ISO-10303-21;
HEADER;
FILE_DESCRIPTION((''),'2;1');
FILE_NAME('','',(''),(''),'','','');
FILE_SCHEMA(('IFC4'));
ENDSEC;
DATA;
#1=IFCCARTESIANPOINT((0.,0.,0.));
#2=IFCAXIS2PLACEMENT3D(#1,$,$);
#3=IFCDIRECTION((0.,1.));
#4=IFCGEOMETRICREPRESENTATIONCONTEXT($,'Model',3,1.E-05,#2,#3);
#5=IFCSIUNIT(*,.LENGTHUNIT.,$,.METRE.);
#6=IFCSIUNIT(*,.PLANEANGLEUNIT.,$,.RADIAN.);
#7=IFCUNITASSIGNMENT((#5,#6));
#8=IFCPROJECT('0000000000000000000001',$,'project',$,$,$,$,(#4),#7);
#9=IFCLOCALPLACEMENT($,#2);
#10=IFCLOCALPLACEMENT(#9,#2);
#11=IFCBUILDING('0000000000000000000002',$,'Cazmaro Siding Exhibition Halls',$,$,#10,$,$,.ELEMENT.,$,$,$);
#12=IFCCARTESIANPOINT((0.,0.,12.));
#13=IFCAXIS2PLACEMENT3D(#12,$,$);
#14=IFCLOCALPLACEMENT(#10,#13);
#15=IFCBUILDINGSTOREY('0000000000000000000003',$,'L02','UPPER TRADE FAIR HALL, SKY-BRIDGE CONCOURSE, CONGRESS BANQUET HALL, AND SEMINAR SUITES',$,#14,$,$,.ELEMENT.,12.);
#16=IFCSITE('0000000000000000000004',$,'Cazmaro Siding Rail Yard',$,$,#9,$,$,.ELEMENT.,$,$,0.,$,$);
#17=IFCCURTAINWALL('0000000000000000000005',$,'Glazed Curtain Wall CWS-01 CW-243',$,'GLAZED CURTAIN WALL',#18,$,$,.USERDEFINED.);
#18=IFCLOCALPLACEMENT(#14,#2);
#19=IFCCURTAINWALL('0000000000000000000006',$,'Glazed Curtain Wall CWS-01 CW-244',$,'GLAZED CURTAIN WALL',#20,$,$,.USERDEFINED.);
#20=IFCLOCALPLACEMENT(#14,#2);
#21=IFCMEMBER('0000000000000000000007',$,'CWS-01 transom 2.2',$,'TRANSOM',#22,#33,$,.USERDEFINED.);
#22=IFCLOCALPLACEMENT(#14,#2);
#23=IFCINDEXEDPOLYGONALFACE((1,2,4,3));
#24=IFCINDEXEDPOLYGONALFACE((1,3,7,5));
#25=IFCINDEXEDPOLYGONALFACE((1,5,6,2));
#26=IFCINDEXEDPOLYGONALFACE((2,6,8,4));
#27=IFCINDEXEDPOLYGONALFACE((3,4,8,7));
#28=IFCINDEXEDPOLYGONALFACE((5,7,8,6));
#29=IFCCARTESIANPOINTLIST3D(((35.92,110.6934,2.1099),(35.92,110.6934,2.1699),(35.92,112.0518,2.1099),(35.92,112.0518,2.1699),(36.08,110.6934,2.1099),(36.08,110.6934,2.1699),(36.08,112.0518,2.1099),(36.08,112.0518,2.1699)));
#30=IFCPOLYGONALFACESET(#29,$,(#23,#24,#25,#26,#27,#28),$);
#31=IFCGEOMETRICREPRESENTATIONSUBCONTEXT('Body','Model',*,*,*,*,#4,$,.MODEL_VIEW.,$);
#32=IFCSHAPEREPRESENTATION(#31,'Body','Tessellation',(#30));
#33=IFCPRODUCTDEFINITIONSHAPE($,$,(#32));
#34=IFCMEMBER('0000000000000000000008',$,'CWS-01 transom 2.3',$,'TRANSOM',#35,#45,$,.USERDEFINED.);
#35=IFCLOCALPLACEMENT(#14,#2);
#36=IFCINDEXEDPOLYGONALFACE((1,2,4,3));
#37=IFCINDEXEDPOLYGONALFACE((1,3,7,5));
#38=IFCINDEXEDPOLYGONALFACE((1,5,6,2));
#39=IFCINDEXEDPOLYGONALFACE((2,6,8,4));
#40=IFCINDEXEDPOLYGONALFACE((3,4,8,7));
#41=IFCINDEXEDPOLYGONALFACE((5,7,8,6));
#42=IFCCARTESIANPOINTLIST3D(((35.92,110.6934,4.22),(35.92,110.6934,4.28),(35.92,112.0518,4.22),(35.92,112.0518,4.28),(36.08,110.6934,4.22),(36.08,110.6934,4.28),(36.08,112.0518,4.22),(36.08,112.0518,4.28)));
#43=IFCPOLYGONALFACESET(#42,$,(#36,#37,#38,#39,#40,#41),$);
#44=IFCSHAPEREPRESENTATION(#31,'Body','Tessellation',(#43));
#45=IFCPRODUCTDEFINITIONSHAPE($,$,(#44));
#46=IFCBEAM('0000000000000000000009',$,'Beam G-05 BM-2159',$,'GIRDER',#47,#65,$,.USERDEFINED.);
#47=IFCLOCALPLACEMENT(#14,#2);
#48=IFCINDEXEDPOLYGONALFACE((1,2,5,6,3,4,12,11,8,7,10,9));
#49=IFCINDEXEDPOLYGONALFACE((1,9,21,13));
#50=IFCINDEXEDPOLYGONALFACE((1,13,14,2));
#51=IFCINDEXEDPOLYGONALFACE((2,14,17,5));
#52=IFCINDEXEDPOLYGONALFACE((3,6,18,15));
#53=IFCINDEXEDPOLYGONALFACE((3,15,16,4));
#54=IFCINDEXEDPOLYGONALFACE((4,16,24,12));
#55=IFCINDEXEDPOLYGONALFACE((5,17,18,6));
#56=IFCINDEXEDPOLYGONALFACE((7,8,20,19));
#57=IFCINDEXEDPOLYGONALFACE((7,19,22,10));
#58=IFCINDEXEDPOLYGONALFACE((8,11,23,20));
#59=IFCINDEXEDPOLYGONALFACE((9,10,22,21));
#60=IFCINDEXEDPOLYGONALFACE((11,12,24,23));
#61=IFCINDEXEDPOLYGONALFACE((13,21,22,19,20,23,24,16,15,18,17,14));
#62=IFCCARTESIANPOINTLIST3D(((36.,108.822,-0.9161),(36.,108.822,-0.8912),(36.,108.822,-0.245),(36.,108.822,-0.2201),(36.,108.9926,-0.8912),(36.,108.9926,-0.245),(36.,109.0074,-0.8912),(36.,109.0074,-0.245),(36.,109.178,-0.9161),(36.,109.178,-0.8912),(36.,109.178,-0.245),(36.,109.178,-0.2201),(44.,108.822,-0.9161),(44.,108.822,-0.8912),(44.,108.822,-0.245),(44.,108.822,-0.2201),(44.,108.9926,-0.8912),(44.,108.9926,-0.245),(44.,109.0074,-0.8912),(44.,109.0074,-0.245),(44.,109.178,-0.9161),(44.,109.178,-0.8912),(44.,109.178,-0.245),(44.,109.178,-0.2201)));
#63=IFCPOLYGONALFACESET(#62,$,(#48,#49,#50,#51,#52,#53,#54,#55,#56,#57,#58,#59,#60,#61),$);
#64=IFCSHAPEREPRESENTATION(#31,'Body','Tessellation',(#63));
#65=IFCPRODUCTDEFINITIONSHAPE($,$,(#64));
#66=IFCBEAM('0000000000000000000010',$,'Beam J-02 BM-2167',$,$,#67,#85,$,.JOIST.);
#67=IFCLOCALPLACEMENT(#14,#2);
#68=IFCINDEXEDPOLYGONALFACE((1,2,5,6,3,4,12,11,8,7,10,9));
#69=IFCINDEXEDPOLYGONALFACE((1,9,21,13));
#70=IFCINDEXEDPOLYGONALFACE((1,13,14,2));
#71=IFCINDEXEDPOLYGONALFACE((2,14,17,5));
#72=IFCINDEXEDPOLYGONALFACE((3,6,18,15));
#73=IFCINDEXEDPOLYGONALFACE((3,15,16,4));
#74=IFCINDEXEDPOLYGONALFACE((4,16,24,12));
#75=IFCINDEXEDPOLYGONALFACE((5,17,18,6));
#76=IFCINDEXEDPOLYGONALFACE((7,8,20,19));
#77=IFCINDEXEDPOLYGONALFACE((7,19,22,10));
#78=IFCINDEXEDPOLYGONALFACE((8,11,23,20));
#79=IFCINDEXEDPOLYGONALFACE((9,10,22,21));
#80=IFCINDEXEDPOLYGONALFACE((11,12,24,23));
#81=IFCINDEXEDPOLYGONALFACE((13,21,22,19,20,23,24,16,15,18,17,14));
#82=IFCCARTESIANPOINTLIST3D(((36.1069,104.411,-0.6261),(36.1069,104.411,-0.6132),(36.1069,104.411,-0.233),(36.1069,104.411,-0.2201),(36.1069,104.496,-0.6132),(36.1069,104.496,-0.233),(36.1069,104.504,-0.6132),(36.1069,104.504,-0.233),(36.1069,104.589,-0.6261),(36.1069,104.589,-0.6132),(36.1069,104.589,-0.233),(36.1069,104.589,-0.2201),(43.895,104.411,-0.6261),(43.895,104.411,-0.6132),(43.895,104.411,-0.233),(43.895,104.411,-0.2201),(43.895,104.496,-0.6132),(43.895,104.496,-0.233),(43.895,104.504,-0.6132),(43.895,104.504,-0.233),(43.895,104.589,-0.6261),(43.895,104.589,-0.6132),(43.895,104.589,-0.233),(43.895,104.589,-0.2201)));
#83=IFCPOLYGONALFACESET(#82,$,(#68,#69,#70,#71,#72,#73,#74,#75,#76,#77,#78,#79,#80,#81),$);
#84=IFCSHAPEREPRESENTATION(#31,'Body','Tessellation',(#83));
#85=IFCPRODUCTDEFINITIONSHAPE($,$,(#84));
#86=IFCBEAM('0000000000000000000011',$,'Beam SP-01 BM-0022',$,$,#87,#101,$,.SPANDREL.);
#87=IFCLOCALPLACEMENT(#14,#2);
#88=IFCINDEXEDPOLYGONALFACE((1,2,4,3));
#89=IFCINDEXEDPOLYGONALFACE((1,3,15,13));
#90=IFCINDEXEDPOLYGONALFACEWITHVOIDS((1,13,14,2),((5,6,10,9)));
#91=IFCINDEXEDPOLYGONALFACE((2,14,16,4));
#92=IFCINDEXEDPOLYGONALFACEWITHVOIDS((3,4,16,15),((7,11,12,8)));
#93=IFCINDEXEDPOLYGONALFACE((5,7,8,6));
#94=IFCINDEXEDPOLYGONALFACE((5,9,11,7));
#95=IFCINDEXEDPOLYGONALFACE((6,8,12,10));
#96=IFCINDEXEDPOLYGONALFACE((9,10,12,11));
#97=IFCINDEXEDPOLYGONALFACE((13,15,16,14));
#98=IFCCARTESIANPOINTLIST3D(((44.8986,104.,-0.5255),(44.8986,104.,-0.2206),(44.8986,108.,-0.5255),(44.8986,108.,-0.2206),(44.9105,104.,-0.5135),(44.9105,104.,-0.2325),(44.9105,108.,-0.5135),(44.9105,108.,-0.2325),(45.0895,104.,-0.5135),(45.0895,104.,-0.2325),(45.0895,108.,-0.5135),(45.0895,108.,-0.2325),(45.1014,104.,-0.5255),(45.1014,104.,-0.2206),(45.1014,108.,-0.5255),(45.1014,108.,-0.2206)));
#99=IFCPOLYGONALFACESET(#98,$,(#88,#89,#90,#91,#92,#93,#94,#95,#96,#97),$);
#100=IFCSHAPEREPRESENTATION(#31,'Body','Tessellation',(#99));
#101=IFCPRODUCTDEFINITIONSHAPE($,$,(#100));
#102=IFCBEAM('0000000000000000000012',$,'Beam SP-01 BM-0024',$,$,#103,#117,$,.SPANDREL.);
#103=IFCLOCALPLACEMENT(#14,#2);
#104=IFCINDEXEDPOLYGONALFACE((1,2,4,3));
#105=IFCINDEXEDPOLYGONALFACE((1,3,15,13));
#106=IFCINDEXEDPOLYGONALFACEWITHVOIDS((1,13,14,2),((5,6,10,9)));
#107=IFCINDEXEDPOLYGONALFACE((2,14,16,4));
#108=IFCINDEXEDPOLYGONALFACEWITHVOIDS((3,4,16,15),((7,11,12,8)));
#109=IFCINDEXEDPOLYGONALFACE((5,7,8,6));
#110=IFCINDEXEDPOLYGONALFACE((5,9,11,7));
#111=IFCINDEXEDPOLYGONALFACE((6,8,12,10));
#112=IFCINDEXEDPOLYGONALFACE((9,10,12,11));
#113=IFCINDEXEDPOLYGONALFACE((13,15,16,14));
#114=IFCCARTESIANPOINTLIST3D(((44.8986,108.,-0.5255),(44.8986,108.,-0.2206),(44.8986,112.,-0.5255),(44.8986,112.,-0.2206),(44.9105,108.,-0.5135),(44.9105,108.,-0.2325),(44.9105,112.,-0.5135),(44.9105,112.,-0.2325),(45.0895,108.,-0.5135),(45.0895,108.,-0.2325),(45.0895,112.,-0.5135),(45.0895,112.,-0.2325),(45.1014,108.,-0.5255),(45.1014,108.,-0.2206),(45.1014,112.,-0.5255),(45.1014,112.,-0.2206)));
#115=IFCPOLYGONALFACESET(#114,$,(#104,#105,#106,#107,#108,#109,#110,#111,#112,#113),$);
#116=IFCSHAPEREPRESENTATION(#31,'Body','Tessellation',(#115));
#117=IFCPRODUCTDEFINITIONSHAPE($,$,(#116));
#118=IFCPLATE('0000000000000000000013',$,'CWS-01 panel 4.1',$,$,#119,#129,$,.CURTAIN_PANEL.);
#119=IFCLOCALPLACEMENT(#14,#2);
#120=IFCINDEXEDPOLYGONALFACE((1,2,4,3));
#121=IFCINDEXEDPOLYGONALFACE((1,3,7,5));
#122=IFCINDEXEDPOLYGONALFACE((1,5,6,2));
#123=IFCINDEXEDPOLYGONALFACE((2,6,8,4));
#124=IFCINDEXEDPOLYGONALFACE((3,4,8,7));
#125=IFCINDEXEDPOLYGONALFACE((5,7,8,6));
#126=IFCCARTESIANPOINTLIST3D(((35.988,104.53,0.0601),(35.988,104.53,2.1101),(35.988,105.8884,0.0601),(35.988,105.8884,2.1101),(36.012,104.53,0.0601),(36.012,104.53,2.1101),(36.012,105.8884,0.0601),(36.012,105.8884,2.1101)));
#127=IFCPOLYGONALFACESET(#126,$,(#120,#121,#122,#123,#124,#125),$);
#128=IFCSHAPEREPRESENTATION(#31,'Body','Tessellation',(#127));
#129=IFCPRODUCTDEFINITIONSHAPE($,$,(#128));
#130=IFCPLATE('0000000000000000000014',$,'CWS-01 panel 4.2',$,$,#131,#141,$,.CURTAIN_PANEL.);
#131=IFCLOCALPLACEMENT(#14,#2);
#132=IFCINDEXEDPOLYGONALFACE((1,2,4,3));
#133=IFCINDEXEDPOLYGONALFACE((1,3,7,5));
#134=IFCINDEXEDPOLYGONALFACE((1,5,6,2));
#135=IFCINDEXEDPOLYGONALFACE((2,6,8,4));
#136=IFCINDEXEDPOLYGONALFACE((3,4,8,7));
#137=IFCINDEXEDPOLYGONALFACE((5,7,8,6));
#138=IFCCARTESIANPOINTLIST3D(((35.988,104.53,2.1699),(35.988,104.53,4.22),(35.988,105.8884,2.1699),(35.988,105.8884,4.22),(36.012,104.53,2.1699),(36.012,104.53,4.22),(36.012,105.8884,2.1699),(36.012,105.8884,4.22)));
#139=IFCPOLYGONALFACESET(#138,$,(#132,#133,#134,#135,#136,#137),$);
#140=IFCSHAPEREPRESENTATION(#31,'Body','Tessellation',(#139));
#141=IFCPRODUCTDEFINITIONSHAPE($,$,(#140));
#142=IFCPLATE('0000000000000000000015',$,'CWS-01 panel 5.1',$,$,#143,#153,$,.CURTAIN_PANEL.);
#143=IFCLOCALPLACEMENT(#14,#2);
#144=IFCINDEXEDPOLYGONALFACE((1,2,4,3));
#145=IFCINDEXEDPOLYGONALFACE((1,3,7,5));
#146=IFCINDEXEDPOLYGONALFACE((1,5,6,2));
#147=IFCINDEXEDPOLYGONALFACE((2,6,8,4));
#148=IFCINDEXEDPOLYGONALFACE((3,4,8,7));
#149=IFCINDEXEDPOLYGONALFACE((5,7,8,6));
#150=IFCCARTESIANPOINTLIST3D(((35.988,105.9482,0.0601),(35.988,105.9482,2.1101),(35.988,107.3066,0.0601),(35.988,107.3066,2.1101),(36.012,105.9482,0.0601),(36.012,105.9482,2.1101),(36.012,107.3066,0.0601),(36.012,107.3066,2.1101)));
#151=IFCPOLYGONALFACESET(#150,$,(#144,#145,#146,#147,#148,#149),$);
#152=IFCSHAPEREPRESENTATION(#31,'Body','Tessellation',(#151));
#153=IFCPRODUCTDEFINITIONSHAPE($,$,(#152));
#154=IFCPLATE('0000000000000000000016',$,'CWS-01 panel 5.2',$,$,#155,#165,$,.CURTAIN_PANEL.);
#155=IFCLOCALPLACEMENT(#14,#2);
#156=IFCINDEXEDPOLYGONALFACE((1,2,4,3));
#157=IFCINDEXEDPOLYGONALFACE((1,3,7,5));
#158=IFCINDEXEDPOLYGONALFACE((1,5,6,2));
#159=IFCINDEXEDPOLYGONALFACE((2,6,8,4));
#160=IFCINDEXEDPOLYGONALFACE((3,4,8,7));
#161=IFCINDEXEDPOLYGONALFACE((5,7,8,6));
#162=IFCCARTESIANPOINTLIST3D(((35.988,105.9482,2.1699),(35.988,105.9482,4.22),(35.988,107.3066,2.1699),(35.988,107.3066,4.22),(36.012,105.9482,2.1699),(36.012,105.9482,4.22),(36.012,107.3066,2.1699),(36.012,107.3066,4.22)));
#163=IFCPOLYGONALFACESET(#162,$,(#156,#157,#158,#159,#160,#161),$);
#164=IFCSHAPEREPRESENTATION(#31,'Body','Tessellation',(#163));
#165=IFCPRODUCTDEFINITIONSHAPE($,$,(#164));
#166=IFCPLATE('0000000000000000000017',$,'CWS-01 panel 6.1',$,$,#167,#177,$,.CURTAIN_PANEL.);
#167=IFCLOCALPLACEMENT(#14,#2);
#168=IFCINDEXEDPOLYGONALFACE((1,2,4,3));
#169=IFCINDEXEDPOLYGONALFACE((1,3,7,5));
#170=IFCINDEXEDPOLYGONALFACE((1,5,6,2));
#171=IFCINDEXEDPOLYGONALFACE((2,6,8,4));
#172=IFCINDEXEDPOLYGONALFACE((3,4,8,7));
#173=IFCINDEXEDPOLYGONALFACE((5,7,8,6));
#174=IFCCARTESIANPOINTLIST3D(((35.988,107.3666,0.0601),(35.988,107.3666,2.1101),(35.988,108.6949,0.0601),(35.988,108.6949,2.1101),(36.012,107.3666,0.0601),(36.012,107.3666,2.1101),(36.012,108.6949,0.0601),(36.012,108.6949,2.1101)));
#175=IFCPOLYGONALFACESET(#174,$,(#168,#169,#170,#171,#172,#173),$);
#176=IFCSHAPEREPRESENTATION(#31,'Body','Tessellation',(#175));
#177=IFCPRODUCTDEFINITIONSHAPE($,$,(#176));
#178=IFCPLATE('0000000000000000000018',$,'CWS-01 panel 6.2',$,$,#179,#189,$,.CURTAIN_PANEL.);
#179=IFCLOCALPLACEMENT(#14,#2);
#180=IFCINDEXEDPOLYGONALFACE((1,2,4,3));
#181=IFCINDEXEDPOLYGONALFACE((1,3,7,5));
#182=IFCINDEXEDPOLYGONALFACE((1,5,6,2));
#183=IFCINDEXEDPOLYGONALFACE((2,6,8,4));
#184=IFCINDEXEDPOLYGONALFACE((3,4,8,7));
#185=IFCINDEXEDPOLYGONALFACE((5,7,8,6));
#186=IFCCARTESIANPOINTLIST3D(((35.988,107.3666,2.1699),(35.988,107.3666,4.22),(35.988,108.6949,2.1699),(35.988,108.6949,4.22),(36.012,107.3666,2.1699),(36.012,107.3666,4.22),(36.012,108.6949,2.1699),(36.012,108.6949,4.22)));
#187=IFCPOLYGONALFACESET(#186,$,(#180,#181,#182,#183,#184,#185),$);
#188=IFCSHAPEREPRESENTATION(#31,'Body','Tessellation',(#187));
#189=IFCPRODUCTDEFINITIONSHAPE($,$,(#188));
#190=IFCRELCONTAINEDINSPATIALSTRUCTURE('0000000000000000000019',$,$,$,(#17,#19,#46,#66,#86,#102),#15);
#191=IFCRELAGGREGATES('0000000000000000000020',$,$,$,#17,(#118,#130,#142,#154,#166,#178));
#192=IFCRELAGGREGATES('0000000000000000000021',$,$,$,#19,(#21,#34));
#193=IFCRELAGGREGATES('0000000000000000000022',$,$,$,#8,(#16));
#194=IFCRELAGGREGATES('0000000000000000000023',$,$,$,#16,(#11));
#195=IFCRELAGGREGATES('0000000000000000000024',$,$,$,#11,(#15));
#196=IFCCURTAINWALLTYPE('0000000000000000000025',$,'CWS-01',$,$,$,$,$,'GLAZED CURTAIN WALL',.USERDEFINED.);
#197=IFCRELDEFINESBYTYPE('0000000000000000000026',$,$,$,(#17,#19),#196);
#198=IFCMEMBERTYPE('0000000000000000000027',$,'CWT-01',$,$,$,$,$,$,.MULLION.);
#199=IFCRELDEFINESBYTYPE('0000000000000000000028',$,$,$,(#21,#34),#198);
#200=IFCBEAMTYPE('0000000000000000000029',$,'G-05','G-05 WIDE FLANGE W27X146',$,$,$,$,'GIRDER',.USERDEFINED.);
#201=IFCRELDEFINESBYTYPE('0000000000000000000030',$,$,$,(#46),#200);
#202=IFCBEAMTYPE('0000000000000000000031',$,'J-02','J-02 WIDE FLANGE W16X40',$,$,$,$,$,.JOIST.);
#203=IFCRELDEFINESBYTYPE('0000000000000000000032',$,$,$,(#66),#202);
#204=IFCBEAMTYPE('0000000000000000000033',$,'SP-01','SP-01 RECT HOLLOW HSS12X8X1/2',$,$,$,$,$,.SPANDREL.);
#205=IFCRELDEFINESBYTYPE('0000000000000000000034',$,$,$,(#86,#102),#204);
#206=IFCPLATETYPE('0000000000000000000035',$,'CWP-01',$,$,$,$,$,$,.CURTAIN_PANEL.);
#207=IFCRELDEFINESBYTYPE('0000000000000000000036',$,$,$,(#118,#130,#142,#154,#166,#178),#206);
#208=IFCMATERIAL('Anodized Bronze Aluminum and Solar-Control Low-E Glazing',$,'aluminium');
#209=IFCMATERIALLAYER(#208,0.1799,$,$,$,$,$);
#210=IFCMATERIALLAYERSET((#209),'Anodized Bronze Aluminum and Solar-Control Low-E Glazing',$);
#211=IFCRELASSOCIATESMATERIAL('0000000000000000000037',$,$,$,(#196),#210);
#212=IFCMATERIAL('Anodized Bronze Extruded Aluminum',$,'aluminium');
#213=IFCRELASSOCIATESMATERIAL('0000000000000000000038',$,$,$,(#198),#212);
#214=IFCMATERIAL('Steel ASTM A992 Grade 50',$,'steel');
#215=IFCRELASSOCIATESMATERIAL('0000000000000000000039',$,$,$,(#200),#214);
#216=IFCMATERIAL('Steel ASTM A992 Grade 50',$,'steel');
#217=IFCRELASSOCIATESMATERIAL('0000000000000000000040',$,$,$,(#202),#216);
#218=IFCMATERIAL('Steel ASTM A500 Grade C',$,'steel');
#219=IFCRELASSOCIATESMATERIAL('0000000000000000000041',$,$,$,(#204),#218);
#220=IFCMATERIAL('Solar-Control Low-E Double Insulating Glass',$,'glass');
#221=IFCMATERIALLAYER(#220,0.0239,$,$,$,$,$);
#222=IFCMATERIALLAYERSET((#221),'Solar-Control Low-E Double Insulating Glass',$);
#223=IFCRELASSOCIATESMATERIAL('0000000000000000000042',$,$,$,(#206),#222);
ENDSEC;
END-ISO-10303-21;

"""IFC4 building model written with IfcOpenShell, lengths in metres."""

from ifc_helpers import new_model, si_unit, direction, frame, origin, origin_2d, place, context, subcontext, project, spatial, rectangle, hollow_rectangle, i_section, extrude, material, layer, layer_set, material_profile, profile_set, type_object, element, aggregate, save


model = new_model("IFC4")

# Units and contexts
model_context = context("Model", 3, precision=1e-05, world=origin(), true_north=direction((0.0, 1.0)))
body_context = subcontext(model_context, "Body", "Model", "MODEL_VIEW")
ifc_project = project(units=[si_unit("LENGTHUNIT", "METRE"), si_unit("PLANEANGLEUNIT", "RADIAN")], contexts=[model_context])

# Site, building, storey
site_placement = place(None, origin())
site = spatial("IfcSite", under=ifc_project, at=site_placement, Name="Cazmaro Siding Rail Yard", CompositionType="ELEMENT", RefElevation=0.0)
building_placement = place(site_placement, origin())
building = spatial("IfcBuilding", under=site, at=building_placement, Name="Cazmaro Siding Exhibition Halls", CompositionType="ELEMENT")
storey_placement = place(building_placement, frame((0.0, 0.0, 12.0)))
storey = spatial("IfcBuildingStorey", under=building, at=storey_placement, Name="L02", Description="UPPER TRADE FAIR HALL, SKY-BRIDGE CONCOURSE, CONGRESS BANQUET HALL, AND SEMINAR SUITES", CompositionType="ELEMENT", Elevation=12.0)

# Curtain walls
ifc_material_1 = material(Name="Anodized Bronze Aluminum and Solar-Control Low-E Glazing", Category="aluminium")
ifc_layer_1 = layer(ifc_material_1, 0.1799)
ifc_layer_set_1 = layer_set([ifc_layer_1], Name="Anodized Bronze Aluminum and Solar-Control Low-E Glazing")
curtain_wall_type = type_object("IfcCurtainWallType", Name="CWS-01", ElementType="GLAZED CURTAIN WALL", PredefinedType="USERDEFINED", material=ifc_layer_set_1)
curtain_wall_1_placement = place(storey_placement, origin())
curtain_wall_1 = element("IfcCurtainWall", 1, at=curtain_wall_1_placement, inside=storey, type_object=curtain_wall_type, Name="Glazed Curtain Wall CWS-01 CW-243", ObjectType="GLAZED CURTAIN WALL", PredefinedType="USERDEFINED")
curtain_wall_2_placement = place(storey_placement, origin())
curtain_wall_2 = element("IfcCurtainWall", 2, at=curtain_wall_2_placement, inside=storey, type_object=curtain_wall_type, Name="Glazed Curtain Wall CWS-01 CW-244", ObjectType="GLAZED CURTAIN WALL", PredefinedType="USERDEFINED")

# Members
ifc_material_2 = material(Name="Anodized Bronze Extruded Aluminum", Category="aluminium")
ifc_material_profile_1 = material_profile(ifc_material_2, rectangle(XDim=0.1599, YDim=0.0601, at=origin_2d()), Name="CWT-01")
ifc_profile_set_1 = profile_set([ifc_material_profile_1], Name="Anodized Bronze Extruded Aluminum")
member_type_1 = type_object("IfcMemberType", Name="CWT-01", PredefinedType="MULLION", material=ifc_profile_set_1)
member_1_placement = place(storey_placement, frame((36.0, 110.6934, 2.1399), z_axis=(0.0, 1.0, 0.0), x_axis=(-1.0, 0.0, 0.0)))
member_1 = element("IfcMember", 3, at=member_1_placement, type_object=member_type_1, Name="CWS-01 transom 2.2", ObjectType="TRANSOM", PredefinedType="USERDEFINED", context=body_context, shape_type="SweptSolid", body=[
    extrude(rectangle(XDim=0.1599, YDim=0.0601, at=origin_2d()), origin(), (0.0, 0.0, 1.0), 1.3584),
])
member_2_placement = place(storey_placement, frame((36.0, 110.6934, 4.25), z_axis=(0.0, 1.0, 0.0), x_axis=(-1.0, 0.0, 0.0)))
member_2 = element("IfcMember", 4, at=member_2_placement, type_object=member_type_1, Name="CWS-01 transom 2.3", ObjectType="TRANSOM", PredefinedType="USERDEFINED", context=body_context, shape_type="SweptSolid", body=[
    extrude(rectangle(XDim=0.1599, YDim=0.0601, at=origin_2d()), origin(), (0.0, 0.0, 1.0), 1.3584),
])

# Beams
ifc_material_3 = material(Name="Steel ASTM A992 Grade 50", Category="steel")
ifc_material_profile_2 = material_profile(ifc_material_3, i_section(OverallWidth=0.356, OverallDepth=0.696, WebThickness=0.0149, FlangeThickness=0.0249, at=origin_2d()), Name="W27X146")
ifc_profile_set_2 = profile_set([ifc_material_profile_2], Name="Steel ASTM A992 Grade 50")
beam_type_1 = type_object("IfcBeamType", Name="G-05", Description="G-05 WIDE FLANGE W27X146", ElementType="GIRDER", PredefinedType="USERDEFINED", material=ifc_profile_set_2)
beam_1_placement = place(storey_placement, frame((36.0, 109.0, -0.5681), z_axis=(1.0, 0.0, 0.0), x_axis=(0.0, 1.0, 0.0)))
element("IfcBeam", 5, at=beam_1_placement, inside=storey, type_object=beam_type_1, Name="Beam G-05 BM-2159", ObjectType="GIRDER", PredefinedType="USERDEFINED", context=body_context, shape_type="SweptSolid", body=[
    extrude(i_section(OverallWidth=0.356, OverallDepth=0.696, WebThickness=0.0149, FlangeThickness=0.0249, at=origin_2d()), origin(), (0.0, 0.0, 1.0), 8.0),
])
ifc_material_4 = material(Name="Steel ASTM A992 Grade 50", Category="steel")
ifc_material_profile_3 = material_profile(ifc_material_4, i_section(OverallWidth=0.178, OverallDepth=0.406, WebThickness=0.0081, FlangeThickness=0.0129, at=origin_2d()), Name="W16X40")
ifc_profile_set_3 = profile_set([ifc_material_profile_3], Name="Steel ASTM A992 Grade 50")
beam_type_2 = type_object("IfcBeamType", Name="J-02", Description="J-02 WIDE FLANGE W16X40", PredefinedType="JOIST", material=ifc_profile_set_3)
beam_2_placement = place(storey_placement, frame((36.1069, 104.5, -0.4231), z_axis=(1.0, 0.0, 0.0), x_axis=(0.0, 1.0, 0.0)))
element("IfcBeam", 6, at=beam_2_placement, inside=storey, type_object=beam_type_2, Name="Beam J-02 BM-2167", PredefinedType="JOIST", context=body_context, shape_type="SweptSolid", body=[
    extrude(i_section(OverallWidth=0.178, OverallDepth=0.406, WebThickness=0.0081, FlangeThickness=0.0129, at=origin_2d()), origin(), (0.0, 0.0, 1.0), 7.7881),
])
ifc_material_5 = material(Name="Steel ASTM A500 Grade C", Category="steel")
ifc_material_profile_4 = material_profile(ifc_material_5, hollow_rectangle(XDim=0.2029, YDim=0.3049, WallThickness=0.012, at=origin_2d()), Name="HSS12X8X1/2")
ifc_profile_set_4 = profile_set([ifc_material_profile_4], Name="Steel ASTM A500 Grade C")
beam_type_3 = type_object("IfcBeamType", Name="SP-01", Description="SP-01 RECT HOLLOW HSS12X8X1/2", PredefinedType="SPANDREL", material=ifc_profile_set_4)
for number, where, z_axis, x_axis, name in (
    (7, (45.0, 104.0, -0.373), (0.0, 1.0, 0.0), (-1.0, 0.0, 0.0), "Beam SP-01 BM-0022"),
    (8, (45.0, 108.0, -0.373), (0.0, 1.0, 0.0), (-1.0, 0.0, 0.0), "Beam SP-01 BM-0024"),
):
    element("IfcBeam", number, at=place(storey_placement, frame(where, z_axis=z_axis, x_axis=x_axis)), inside=storey, type_object=beam_type_3, Name=name, PredefinedType="SPANDREL", context=body_context, shape_type="SweptSolid", body=[
        extrude(hollow_rectangle(XDim=0.2029, YDim=0.3049, WallThickness=0.012, at=origin_2d()), origin(), (0.0, 0.0, 1.0), 4.0),
    ])

# Plates
ifc_material_6 = material(Name="Solar-Control Low-E Double Insulating Glass", Category="glass")
ifc_layer_2 = layer(ifc_material_6, 0.0239)
ifc_layer_set_2 = layer_set([ifc_layer_2], Name="Solar-Control Low-E Double Insulating Glass")
plate_type = type_object("IfcPlateType", Name="CWP-01", PredefinedType="CURTAIN_PANEL", material=ifc_layer_set_2)
plate_1_placement = place(storey_placement, frame((36.0, 105.2092, 0.0601), z_axis=(0.0, 0.0, 1.0), x_axis=(0.0, 1.0, 0.0)))
plate_1 = element("IfcPlate", 9, at=plate_1_placement, type_object=plate_type, Name="CWS-01 panel 4.1", PredefinedType="CURTAIN_PANEL", context=body_context, shape_type="SweptSolid", body=[
    extrude(rectangle(XDim=1.3584, YDim=0.0239, at=origin_2d()), origin(), (0.0, 0.0, 1.0), 2.05),
])
plate_2_placement = place(storey_placement, frame((36.0, 105.2092, 2.1699), z_axis=(0.0, 0.0, 1.0), x_axis=(0.0, 1.0, 0.0)))
plate_2 = element("IfcPlate", 10, at=plate_2_placement, type_object=plate_type, Name="CWS-01 panel 4.2", PredefinedType="CURTAIN_PANEL", context=body_context, shape_type="SweptSolid", body=[
    extrude(rectangle(XDim=1.3584, YDim=0.0239, at=origin_2d()), origin(), (0.0, 0.0, 1.0), 2.05),
])
plate_3_placement = place(storey_placement, frame((36.0, 106.6274, 0.0601), z_axis=(0.0, 0.0, 1.0), x_axis=(0.0, 1.0, 0.0)))
plate_3 = element("IfcPlate", 11, at=plate_3_placement, type_object=plate_type, Name="CWS-01 panel 5.1", PredefinedType="CURTAIN_PANEL", context=body_context, shape_type="SweptSolid", body=[
    extrude(rectangle(XDim=1.3584, YDim=0.0239, at=origin_2d()), origin(), (0.0, 0.0, 1.0), 2.05),
])
plate_4_placement = place(storey_placement, frame((36.0, 106.6274, 2.1699), z_axis=(0.0, 0.0, 1.0), x_axis=(0.0, 1.0, 0.0)))
plate_4 = element("IfcPlate", 12, at=plate_4_placement, type_object=plate_type, Name="CWS-01 panel 5.2", PredefinedType="CURTAIN_PANEL", context=body_context, shape_type="SweptSolid", body=[
    extrude(rectangle(XDim=1.3584, YDim=0.0239, at=origin_2d()), origin(), (0.0, 0.0, 1.0), 2.05),
])
plate_5_placement = place(storey_placement, frame((36.0, 108.0308, 0.0601), z_axis=(0.0, 0.0, 1.0), x_axis=(0.0, 1.0, 0.0)))
plate_5 = element("IfcPlate", 13, at=plate_5_placement, type_object=plate_type, Name="CWS-01 panel 6.1", PredefinedType="CURTAIN_PANEL", context=body_context, shape_type="SweptSolid", body=[
    extrude(rectangle(XDim=1.3284, YDim=0.0239, at=origin_2d()), origin(), (0.0, 0.0, 1.0), 2.05),
])
plate_6_placement = place(storey_placement, frame((36.0, 108.0308, 2.1699), z_axis=(0.0, 0.0, 1.0), x_axis=(0.0, 1.0, 0.0)))
plate_6 = element("IfcPlate", 14, at=plate_6_placement, type_object=plate_type, Name="CWS-01 panel 6.2", PredefinedType="CURTAIN_PANEL", context=body_context, shape_type="SweptSolid", body=[
    extrude(rectangle(XDim=1.3284, YDim=0.0239, at=origin_2d()), origin(), (0.0, 0.0, 1.0), 2.05),
])
aggregate(curtain_wall_1, [plate_1, plate_2, plate_3, plate_4, plate_5, plate_6])
aggregate(curtain_wall_2, [member_1, member_2])

save(model, "model.ifc")
